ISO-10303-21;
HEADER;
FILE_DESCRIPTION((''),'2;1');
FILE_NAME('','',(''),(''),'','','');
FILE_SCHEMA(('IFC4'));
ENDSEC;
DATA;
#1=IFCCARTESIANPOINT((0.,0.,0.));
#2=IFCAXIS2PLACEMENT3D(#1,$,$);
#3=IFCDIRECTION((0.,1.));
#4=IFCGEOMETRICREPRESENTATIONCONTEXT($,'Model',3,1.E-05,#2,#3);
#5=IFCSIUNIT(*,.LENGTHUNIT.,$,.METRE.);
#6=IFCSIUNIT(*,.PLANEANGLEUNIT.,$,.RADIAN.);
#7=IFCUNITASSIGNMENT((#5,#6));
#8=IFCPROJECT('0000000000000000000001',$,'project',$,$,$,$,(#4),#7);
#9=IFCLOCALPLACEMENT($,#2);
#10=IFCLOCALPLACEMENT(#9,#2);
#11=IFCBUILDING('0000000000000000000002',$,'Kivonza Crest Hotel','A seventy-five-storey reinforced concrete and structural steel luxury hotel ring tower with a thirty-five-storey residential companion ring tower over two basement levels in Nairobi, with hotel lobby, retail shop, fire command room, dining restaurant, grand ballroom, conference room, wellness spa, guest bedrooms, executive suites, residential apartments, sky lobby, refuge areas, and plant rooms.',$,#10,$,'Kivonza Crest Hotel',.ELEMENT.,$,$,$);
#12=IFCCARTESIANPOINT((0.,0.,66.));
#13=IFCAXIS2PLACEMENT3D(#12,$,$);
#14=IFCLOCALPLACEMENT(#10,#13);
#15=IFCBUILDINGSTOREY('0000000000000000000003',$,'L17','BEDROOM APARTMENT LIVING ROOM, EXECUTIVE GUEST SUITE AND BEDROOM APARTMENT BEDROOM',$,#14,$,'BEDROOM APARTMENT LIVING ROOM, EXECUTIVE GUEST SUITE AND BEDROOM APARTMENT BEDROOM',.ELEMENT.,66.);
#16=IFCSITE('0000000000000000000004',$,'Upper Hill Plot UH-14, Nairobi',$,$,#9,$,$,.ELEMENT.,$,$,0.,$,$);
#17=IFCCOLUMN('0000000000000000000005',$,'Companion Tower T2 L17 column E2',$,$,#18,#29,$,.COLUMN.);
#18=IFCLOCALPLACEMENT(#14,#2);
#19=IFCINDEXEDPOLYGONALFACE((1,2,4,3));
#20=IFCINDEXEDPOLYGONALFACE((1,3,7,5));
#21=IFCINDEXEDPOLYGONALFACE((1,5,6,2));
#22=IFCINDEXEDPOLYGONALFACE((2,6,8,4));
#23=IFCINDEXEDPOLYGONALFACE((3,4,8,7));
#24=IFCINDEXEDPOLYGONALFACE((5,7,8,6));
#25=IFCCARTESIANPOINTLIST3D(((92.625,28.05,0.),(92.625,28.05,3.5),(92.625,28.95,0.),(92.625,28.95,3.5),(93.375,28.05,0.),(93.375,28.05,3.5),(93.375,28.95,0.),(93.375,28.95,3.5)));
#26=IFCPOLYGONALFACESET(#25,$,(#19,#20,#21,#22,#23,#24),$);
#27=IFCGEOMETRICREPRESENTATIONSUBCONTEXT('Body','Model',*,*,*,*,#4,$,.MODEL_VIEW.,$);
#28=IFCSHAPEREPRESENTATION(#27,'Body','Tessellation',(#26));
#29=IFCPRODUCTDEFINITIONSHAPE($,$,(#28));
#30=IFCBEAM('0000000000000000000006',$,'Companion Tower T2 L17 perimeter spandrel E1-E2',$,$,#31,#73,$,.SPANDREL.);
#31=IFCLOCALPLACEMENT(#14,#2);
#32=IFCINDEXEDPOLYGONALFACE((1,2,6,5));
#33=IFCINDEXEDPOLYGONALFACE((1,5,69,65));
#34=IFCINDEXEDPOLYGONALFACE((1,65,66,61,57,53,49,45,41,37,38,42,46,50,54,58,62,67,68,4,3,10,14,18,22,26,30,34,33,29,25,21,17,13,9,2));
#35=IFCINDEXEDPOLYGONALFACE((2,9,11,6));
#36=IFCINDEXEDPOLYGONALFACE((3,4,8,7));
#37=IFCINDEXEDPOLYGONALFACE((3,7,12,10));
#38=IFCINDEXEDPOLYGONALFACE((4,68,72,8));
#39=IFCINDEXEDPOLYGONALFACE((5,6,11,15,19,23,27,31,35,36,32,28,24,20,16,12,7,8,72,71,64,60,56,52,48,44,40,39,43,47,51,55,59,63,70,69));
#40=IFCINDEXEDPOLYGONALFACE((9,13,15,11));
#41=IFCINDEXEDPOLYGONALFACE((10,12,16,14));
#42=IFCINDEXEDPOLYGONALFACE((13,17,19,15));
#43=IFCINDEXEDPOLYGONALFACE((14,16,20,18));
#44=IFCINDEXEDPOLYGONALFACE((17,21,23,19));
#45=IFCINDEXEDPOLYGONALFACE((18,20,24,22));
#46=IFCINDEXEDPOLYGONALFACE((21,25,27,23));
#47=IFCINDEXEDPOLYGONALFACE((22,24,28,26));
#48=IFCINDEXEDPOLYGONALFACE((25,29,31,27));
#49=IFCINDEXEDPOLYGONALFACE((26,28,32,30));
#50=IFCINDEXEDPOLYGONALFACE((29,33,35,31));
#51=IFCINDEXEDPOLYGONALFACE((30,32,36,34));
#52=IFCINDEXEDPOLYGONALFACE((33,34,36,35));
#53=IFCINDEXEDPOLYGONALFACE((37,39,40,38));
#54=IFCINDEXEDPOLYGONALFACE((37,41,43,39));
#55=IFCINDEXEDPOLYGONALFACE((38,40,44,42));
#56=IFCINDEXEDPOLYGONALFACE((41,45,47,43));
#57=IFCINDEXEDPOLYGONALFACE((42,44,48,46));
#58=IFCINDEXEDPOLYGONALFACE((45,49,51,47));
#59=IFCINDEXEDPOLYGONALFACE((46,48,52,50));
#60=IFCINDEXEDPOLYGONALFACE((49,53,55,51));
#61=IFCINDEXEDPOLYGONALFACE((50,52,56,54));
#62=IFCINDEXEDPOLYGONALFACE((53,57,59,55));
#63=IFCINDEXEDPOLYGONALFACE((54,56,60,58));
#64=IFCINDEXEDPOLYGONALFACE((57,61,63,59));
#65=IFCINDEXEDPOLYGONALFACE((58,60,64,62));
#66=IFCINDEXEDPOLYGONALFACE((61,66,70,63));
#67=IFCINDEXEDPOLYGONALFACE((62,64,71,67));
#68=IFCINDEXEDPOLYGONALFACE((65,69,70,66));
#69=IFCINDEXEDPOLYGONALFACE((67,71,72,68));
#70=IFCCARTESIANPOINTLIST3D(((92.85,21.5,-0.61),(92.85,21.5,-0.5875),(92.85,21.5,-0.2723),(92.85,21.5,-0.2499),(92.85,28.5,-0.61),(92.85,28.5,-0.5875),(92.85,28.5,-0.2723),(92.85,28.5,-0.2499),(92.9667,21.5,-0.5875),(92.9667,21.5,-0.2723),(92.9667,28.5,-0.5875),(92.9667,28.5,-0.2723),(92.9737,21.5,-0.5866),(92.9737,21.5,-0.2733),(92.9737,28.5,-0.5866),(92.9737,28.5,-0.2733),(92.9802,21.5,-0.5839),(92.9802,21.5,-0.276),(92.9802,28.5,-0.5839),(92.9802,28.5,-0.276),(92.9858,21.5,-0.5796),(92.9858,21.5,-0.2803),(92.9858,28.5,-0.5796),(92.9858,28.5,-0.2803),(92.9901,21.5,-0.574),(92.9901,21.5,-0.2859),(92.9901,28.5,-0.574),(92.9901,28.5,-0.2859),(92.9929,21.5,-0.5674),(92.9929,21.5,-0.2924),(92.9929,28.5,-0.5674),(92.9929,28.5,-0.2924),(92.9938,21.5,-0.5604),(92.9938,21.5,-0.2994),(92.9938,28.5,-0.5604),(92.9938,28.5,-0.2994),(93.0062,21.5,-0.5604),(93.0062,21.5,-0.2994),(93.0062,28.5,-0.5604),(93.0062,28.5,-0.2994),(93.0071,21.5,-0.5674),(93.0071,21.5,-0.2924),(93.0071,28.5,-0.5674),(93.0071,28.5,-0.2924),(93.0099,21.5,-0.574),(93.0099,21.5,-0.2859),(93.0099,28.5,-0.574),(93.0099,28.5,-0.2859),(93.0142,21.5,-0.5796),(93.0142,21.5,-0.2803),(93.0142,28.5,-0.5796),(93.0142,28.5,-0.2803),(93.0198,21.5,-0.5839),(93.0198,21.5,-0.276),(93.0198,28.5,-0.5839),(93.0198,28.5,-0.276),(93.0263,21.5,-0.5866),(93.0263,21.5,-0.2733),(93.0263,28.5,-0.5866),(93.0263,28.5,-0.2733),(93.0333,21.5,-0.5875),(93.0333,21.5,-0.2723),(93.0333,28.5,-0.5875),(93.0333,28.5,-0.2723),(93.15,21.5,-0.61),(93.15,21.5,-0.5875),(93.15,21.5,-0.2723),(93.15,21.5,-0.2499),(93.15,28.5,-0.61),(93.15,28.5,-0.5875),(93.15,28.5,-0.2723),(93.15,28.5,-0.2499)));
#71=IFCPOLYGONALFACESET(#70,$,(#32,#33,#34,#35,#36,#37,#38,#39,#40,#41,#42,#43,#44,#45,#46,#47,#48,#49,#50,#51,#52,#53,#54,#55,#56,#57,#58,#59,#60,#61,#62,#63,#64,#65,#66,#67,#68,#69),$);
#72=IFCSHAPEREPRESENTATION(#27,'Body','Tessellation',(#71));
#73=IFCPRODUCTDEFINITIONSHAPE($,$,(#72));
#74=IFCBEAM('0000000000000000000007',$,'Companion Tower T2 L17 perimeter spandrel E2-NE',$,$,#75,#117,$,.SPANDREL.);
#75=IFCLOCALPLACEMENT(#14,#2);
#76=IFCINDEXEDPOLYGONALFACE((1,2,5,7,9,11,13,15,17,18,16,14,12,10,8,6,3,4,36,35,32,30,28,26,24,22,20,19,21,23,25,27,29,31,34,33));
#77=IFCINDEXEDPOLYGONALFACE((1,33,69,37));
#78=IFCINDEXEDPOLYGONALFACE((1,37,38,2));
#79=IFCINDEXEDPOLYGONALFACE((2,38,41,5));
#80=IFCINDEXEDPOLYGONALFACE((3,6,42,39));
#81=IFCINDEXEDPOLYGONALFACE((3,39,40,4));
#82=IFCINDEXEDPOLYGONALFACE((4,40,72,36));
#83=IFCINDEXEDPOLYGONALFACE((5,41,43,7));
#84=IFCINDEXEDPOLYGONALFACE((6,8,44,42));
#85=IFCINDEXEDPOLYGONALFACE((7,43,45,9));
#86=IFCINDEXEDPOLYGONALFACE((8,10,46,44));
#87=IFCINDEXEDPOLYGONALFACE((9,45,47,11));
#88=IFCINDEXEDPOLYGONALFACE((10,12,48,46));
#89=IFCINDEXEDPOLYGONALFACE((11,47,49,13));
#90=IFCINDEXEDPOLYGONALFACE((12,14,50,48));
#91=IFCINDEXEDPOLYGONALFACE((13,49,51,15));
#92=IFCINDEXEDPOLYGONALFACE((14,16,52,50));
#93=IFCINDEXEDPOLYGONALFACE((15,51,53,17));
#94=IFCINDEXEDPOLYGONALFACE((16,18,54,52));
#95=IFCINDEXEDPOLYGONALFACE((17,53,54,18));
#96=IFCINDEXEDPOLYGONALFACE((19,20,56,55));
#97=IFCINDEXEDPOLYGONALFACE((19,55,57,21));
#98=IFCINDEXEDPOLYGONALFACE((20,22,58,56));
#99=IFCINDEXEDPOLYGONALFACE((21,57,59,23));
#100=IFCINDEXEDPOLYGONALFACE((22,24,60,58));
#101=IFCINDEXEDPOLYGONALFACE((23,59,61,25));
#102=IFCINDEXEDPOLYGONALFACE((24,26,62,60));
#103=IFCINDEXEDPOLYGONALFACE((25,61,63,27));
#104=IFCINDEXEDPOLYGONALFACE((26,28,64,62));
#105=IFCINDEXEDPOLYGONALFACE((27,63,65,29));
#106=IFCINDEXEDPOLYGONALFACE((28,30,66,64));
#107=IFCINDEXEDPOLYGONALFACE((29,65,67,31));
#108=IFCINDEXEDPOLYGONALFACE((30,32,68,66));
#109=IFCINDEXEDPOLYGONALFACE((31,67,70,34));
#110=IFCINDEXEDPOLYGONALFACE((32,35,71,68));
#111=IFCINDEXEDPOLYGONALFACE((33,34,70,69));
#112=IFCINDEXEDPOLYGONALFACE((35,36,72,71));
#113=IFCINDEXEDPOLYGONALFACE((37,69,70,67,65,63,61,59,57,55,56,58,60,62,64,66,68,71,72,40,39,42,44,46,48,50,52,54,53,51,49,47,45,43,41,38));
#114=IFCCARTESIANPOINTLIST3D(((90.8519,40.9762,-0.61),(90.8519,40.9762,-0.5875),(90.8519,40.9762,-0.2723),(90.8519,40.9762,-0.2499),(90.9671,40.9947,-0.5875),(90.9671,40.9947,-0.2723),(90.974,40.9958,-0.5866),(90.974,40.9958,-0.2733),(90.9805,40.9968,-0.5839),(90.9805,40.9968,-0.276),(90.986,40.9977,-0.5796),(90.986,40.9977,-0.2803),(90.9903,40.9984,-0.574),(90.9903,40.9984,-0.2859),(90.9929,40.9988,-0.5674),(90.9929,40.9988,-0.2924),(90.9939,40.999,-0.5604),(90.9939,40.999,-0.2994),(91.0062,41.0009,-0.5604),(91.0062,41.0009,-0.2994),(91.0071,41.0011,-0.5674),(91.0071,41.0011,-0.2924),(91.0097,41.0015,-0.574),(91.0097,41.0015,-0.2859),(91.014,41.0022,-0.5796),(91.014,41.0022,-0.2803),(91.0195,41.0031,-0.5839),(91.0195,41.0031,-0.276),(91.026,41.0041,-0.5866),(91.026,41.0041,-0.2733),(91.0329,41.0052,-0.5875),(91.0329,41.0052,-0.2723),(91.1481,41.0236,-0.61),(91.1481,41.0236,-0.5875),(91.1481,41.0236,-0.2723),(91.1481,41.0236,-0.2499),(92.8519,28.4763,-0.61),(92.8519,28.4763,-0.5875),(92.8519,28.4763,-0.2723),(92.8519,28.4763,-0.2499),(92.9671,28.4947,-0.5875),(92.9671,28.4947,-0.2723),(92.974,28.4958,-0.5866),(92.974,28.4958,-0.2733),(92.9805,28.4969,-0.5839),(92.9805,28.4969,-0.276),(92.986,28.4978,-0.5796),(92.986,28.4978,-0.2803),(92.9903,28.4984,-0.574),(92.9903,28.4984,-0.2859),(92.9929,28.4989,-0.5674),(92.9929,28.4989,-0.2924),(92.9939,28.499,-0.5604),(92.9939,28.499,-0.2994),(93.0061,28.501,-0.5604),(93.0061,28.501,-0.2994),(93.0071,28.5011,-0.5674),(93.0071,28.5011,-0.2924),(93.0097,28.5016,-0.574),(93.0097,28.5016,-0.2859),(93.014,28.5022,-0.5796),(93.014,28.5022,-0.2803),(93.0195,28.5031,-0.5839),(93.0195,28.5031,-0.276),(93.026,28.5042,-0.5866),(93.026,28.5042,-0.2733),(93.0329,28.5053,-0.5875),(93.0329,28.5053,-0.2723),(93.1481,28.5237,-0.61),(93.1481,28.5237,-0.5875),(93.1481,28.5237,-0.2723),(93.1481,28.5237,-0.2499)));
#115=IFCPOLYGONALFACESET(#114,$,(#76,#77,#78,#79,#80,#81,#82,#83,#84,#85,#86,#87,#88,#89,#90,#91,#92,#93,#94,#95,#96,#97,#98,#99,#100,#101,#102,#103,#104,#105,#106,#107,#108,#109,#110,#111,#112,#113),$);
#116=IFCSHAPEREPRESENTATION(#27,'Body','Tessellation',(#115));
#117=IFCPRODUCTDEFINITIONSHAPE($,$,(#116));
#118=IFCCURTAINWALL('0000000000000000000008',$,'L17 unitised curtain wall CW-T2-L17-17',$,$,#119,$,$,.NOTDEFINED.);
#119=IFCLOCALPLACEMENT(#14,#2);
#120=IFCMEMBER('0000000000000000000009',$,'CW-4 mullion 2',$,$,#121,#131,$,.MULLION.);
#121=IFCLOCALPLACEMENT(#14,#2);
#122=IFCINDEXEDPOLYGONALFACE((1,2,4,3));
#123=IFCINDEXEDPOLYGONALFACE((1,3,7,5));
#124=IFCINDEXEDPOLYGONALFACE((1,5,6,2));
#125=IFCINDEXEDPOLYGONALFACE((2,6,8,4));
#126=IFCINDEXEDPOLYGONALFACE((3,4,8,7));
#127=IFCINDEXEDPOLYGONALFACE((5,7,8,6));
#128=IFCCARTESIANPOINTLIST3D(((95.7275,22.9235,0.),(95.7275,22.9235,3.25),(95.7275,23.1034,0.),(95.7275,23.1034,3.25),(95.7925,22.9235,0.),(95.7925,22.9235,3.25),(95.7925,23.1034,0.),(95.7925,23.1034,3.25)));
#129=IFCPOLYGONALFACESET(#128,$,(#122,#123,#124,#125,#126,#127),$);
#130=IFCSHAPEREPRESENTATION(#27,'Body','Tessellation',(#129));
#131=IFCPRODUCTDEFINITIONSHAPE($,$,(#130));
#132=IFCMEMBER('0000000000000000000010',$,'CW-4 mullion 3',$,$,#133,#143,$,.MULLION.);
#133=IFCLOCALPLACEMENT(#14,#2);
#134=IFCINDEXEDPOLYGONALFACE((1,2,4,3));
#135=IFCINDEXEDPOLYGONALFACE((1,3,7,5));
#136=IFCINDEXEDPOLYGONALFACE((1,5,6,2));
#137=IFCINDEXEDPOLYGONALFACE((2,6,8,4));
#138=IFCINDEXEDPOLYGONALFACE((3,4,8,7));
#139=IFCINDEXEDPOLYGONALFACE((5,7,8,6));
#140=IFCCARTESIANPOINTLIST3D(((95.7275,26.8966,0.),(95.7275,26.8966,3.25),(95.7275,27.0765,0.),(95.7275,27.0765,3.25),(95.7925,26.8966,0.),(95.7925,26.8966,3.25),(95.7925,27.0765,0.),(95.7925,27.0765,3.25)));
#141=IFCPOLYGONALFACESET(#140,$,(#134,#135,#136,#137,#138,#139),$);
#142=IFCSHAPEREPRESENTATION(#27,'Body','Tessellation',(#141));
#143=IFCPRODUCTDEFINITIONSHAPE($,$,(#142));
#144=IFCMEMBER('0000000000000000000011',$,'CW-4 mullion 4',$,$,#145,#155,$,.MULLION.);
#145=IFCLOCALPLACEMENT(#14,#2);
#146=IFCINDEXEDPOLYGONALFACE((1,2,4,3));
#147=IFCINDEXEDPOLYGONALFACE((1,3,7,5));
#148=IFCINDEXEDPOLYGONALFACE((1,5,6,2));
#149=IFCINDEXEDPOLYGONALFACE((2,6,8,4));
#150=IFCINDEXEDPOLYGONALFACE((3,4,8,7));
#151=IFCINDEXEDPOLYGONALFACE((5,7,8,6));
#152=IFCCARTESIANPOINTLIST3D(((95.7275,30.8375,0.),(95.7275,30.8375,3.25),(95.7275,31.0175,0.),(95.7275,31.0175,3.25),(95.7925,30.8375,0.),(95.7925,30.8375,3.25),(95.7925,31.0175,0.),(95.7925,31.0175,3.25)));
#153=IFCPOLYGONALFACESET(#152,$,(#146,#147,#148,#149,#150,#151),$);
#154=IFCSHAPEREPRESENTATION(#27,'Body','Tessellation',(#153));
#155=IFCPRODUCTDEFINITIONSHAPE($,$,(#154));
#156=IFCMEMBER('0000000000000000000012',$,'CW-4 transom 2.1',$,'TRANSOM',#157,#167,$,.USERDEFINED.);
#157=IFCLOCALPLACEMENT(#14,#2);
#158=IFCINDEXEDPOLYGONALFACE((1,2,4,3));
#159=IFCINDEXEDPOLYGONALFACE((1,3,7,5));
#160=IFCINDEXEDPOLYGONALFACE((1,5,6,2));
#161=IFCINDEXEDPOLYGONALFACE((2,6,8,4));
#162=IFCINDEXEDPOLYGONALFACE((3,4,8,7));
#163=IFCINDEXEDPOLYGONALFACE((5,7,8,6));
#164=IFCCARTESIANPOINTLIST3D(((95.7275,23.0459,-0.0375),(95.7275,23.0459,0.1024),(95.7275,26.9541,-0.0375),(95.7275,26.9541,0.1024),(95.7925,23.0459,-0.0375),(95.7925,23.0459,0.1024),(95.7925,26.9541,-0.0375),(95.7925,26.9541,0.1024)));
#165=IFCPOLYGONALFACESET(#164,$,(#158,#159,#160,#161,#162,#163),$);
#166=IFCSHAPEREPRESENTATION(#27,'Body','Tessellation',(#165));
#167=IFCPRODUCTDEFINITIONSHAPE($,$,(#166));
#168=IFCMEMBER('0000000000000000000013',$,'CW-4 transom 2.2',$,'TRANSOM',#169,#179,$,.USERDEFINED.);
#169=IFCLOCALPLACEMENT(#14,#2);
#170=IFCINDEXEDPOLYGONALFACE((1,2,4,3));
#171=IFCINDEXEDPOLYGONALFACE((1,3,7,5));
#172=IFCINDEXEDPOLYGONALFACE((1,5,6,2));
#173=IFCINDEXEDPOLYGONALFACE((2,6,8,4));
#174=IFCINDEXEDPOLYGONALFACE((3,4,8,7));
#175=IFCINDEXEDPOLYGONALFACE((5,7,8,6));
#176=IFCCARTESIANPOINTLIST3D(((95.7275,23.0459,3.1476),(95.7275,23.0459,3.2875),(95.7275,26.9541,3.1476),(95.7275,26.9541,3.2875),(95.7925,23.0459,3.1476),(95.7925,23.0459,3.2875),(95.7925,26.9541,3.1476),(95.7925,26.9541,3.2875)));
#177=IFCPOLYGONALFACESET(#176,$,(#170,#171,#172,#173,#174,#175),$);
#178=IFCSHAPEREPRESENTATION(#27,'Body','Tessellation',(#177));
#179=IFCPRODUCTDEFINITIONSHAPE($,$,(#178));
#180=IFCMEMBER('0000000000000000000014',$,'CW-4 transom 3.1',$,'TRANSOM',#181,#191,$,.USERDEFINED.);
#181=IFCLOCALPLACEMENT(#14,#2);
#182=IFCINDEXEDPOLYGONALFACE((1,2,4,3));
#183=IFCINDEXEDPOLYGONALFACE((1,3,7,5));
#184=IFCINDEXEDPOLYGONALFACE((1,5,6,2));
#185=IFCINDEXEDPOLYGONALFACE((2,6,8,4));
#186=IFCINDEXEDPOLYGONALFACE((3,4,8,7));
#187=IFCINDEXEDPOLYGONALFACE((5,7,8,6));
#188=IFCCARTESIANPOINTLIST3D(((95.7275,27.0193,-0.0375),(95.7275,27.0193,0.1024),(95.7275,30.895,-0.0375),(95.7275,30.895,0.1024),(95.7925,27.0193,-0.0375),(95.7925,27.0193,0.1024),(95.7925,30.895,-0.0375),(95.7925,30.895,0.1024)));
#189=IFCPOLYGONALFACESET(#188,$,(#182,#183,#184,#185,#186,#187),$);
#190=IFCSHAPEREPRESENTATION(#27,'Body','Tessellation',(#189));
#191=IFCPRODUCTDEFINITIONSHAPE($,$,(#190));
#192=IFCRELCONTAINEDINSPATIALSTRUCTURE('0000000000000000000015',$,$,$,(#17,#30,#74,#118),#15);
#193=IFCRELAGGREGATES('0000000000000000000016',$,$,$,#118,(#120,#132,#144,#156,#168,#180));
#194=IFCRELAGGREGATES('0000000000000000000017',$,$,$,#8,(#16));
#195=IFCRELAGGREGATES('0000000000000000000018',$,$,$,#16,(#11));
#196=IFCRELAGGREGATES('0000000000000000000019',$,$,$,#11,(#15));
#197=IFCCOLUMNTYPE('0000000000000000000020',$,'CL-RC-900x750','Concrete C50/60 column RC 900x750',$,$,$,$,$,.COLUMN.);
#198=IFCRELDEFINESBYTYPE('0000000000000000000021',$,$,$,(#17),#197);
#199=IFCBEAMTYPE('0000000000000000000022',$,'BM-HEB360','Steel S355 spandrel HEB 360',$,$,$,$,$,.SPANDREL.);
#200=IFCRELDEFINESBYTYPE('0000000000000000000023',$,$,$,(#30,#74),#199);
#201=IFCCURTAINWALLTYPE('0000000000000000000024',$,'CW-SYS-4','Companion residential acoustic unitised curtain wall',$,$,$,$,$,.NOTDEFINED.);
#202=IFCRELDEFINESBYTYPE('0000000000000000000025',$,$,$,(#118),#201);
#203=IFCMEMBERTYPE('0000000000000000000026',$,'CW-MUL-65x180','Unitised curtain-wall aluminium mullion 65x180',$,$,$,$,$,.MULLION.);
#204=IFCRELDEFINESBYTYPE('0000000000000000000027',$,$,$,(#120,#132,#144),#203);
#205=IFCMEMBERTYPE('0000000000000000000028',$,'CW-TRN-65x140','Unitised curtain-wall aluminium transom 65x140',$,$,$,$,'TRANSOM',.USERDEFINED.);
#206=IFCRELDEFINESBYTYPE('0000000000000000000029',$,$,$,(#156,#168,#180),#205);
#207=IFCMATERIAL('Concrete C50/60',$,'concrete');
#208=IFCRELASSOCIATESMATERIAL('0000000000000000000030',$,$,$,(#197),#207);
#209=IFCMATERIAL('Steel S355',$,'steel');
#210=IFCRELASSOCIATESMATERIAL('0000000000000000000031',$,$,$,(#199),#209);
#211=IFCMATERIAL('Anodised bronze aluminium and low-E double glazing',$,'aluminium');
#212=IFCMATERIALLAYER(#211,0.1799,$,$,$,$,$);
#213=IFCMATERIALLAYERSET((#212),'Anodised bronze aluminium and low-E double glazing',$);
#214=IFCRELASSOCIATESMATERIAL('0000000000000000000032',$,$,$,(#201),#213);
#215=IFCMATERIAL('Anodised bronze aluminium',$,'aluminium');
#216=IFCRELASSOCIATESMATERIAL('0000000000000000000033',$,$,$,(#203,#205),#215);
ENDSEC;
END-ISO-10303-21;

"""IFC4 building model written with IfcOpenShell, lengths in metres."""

from ifc_helpers import new_model, si_unit, direction, frame, origin, origin_2d, place, context, subcontext, project, spatial, rectangle, i_section, extrude, material, layer, layer_set, material_profile, profile_set, type_object, element, aggregate, save


model = new_model("IFC4")

# Units and contexts
model_context = context("Model", 3, precision=1e-05, world=origin(), true_north=direction((0.0, 1.0)))
body_context = subcontext(model_context, "Body", "Model", "MODEL_VIEW")
ifc_project = project(units=[si_unit("LENGTHUNIT", "METRE"), si_unit("PLANEANGLEUNIT", "RADIAN")], contexts=[model_context])

# Site, building, storey
site_placement = place(None, origin())
site = spatial("IfcSite", under=ifc_project, at=site_placement, Name="Upper Hill Plot UH-14, Nairobi", CompositionType="ELEMENT", RefElevation=0.0)
building_placement = place(site_placement, origin())
building = spatial("IfcBuilding", under=site, at=building_placement, Name="Kivonza Crest Hotel", Description="A seventy-five-storey reinforced concrete and structural steel luxury hotel ring tower with a thirty-five-storey residential companion ring tower over two basement levels in Nairobi, with hotel lobby, retail shop, fire command room, dining restaurant, grand ballroom, conference room, wellness spa, guest bedrooms, executive suites, residential apartments, sky lobby, refuge areas, and plant rooms.", LongName="Kivonza Crest Hotel", CompositionType="ELEMENT")
storey_placement = place(building_placement, frame((0.0, 0.0, 66.0)))
storey = spatial("IfcBuildingStorey", under=building, at=storey_placement, Name="L17", Description="BEDROOM APARTMENT LIVING ROOM, EXECUTIVE GUEST SUITE AND BEDROOM APARTMENT BEDROOM", LongName="BEDROOM APARTMENT LIVING ROOM, EXECUTIVE GUEST SUITE AND BEDROOM APARTMENT BEDROOM", CompositionType="ELEMENT", Elevation=66.0)

# Column
ifc_material_1 = material(Name="Concrete C50/60", Category="concrete")
ifc_material_profile_1 = material_profile(ifc_material_1, rectangle(XDim=0.75, YDim=0.8999, at=origin_2d()), Name="RC 900x750")
ifc_profile_set_1 = profile_set([ifc_material_profile_1], Name="Concrete C50/60")
column_type = type_object("IfcColumnType", Name="CL-RC-900x750", Description="Concrete C50/60 column RC 900x750", PredefinedType="COLUMN", material=ifc_profile_set_1)
column_placement = place(storey_placement, frame((93.0, 28.5, 0.0), z_axis=(0.0, 0.0, 1.0), x_axis=(1.0, 0.0, 0.0)))
element("IfcColumn", 1, at=column_placement, inside=storey, type_object=column_type, Name="Companion Tower T2 L17 column E2", PredefinedType="COLUMN", context=body_context, shape_type="SweptSolid", body=[
    extrude(rectangle(XDim=0.75, YDim=0.8999, at=origin_2d()), origin(), (0.0, 0.0, 1.0), 3.5),
])

# Beams
ifc_material_2 = material(Name="Steel S355", Category="steel")
ifc_material_profile_2 = material_profile(ifc_material_2, i_section(OverallWidth=0.3, OverallDepth=0.3601, WebThickness=0.0125, FlangeThickness=0.0225, FilletRadius=0.0271, at=origin_2d()), Name="HEB 360")
ifc_profile_set_2 = profile_set([ifc_material_profile_2], Name="Steel S355")
beam_type = type_object("IfcBeamType", Name="BM-HEB360", Description="Steel S355 spandrel HEB 360", PredefinedType="SPANDREL", material=ifc_profile_set_2)
beam_1_placement = place(storey_placement, frame((93.0, 21.5, -0.4299), z_axis=(0.0, 1.0, 0.0), x_axis=(-1.0, 0.0, 0.0)))
element("IfcBeam", 2, at=beam_1_placement, inside=storey, type_object=beam_type, Name="Companion Tower T2 L17 perimeter spandrel E1-E2", PredefinedType="SPANDREL", context=body_context, shape_type="SweptSolid", body=[
    extrude(i_section(OverallWidth=0.3, OverallDepth=0.3601, WebThickness=0.0125, FlangeThickness=0.0225, FilletRadius=0.0271, at=origin_2d()), origin(), (0.0, 0.0, 1.0), 7.0),
])
beam_2_placement = place(storey_placement, frame((93.0, 28.5, -0.4299), z_axis=(-0.157991, 0.987441, 0.0), x_axis=(-0.987441, -0.157991, 0.0)))
element("IfcBeam", 3, at=beam_2_placement, inside=storey, type_object=beam_type, Name="Companion Tower T2 L17 perimeter spandrel E2-NE", PredefinedType="SPANDREL", context=body_context, shape_type="SweptSolid", body=[
    extrude(i_section(OverallWidth=0.3, OverallDepth=0.3601, WebThickness=0.0125, FlangeThickness=0.0225, FilletRadius=0.0271, at=origin_2d()), origin(), (0.0, 0.0, 1.0), 12.6589),
])

# Curtain wall, members
ifc_material_3 = material(Name="Anodised bronze aluminium and low-E double glazing", Category="aluminium")
ifc_layer_1 = layer(ifc_material_3, 0.1799)
ifc_layer_set_1 = layer_set([ifc_layer_1], Name="Anodised bronze aluminium and low-E double glazing")
curtain_wall_type = type_object("IfcCurtainWallType", Name="CW-SYS-4", Description="Companion residential acoustic unitised curtain wall", PredefinedType="NOTDEFINED", material=ifc_layer_set_1)
curtain_wall_placement = place(storey_placement, origin())
curtain_wall = element("IfcCurtainWall", 4, at=curtain_wall_placement, inside=storey, type_object=curtain_wall_type, Name="L17 unitised curtain wall CW-T2-L17-17", PredefinedType="NOTDEFINED")
ifc_material_4 = material(Name="Anodised bronze aluminium", Category="aluminium")
ifc_material_profile_3 = material_profile(ifc_material_4, rectangle(XDim=0.0649, YDim=0.1799, at=origin_2d()), Name="CW-M 65x180")
ifc_profile_set_3 = profile_set([ifc_material_profile_3], Name="Anodised bronze aluminium")
member_type_1 = type_object("IfcMemberType", Name="CW-MUL-65x180", Description="Unitised curtain-wall aluminium mullion 65x180", PredefinedType="MULLION", material=ifc_profile_set_3)
member_1_placement = place(storey_placement, frame((95.76, 23.0134, 0.0), z_axis=(0.0, 0.0, 1.0), x_axis=(-1.0, 0.0, 0.0)))
member_1 = element("IfcMember", 5, at=member_1_placement, type_object=member_type_1, Name="CW-4 mullion 2", PredefinedType="MULLION", context=body_context, shape_type="SweptSolid", body=[
    extrude(rectangle(XDim=0.0649, YDim=0.1799, at=origin_2d()), origin(), (0.0, 0.0, 1.0), 3.25),
])
member_2_placement = place(storey_placement, frame((95.76, 26.9866, 0.0), z_axis=(0.0, 0.0, 1.0), x_axis=(-1.0, 0.0, 0.0)))
member_2 = element("IfcMember", 6, at=member_2_placement, type_object=member_type_1, Name="CW-4 mullion 3", PredefinedType="MULLION", context=body_context, shape_type="SweptSolid", body=[
    extrude(rectangle(XDim=0.0649, YDim=0.1799, at=origin_2d()), origin(), (0.0, 0.0, 1.0), 3.25),
])
member_3_placement = place(storey_placement, frame((95.76, 30.9275, 0.0), z_axis=(0.0, 0.0, 1.0), x_axis=(-1.0, 0.0, 0.0)))
member_3 = element("IfcMember", 7, at=member_3_placement, type_object=member_type_1, Name="CW-4 mullion 4", PredefinedType="MULLION", context=body_context, shape_type="SweptSolid", body=[
    extrude(rectangle(XDim=0.0649, YDim=0.1799, at=origin_2d()), origin(), (0.0, 0.0, 1.0), 3.25),
])
ifc_material_profile_4 = material_profile(ifc_material_4, rectangle(XDim=0.0649, YDim=0.1399, at=origin_2d()), Name="CW-T 65x140")
ifc_profile_set_4 = profile_set([ifc_material_profile_4], Name="Anodised bronze aluminium")
member_type_2 = type_object("IfcMemberType", Name="CW-TRN-65x140", Description="Unitised curtain-wall aluminium transom 65x140", ElementType="TRANSOM", PredefinedType="USERDEFINED", material=ifc_profile_set_4)
member_4_placement = place(storey_placement, frame((95.76, 23.0459, 0.0325), z_axis=(0.0, 1.0, 0.0), x_axis=(-1.0, 0.0, 0.0)))
member_4 = element("IfcMember", 8, at=member_4_placement, type_object=member_type_2, Name="CW-4 transom 2.1", ObjectType="TRANSOM", PredefinedType="USERDEFINED", context=body_context, shape_type="SweptSolid", body=[
    extrude(rectangle(XDim=0.0649, YDim=0.1399, at=origin_2d()), origin(), (0.0, 0.0, 1.0), 3.9082),
])
member_5_placement = place(storey_placement, frame((95.76, 23.0459, 3.2175), z_axis=(0.0, 1.0, 0.0), x_axis=(-1.0, 0.0, 0.0)))
member_5 = element("IfcMember", 9, at=member_5_placement, type_object=member_type_2, Name="CW-4 transom 2.2", ObjectType="TRANSOM", PredefinedType="USERDEFINED", context=body_context, shape_type="SweptSolid", body=[
    extrude(rectangle(XDim=0.0649, YDim=0.1399, at=origin_2d()), origin(), (0.0, 0.0, 1.0), 3.9082),
])
member_6_placement = place(storey_placement, frame((95.76, 27.0193, 0.0325), z_axis=(0.0, 1.0, 0.0), x_axis=(-1.0, 0.0, 0.0)))
member_6 = element("IfcMember", 10, at=member_6_placement, type_object=member_type_2, Name="CW-4 transom 3.1", ObjectType="TRANSOM", PredefinedType="USERDEFINED", context=body_context, shape_type="SweptSolid", body=[
    extrude(rectangle(XDim=0.0649, YDim=0.1399, at=origin_2d()), origin(), (0.0, 0.0, 1.0), 3.8757),
])
aggregate(curtain_wall, [member_1, member_2, member_3, member_4, member_5, member_6])

save(model, "model.ifc")
